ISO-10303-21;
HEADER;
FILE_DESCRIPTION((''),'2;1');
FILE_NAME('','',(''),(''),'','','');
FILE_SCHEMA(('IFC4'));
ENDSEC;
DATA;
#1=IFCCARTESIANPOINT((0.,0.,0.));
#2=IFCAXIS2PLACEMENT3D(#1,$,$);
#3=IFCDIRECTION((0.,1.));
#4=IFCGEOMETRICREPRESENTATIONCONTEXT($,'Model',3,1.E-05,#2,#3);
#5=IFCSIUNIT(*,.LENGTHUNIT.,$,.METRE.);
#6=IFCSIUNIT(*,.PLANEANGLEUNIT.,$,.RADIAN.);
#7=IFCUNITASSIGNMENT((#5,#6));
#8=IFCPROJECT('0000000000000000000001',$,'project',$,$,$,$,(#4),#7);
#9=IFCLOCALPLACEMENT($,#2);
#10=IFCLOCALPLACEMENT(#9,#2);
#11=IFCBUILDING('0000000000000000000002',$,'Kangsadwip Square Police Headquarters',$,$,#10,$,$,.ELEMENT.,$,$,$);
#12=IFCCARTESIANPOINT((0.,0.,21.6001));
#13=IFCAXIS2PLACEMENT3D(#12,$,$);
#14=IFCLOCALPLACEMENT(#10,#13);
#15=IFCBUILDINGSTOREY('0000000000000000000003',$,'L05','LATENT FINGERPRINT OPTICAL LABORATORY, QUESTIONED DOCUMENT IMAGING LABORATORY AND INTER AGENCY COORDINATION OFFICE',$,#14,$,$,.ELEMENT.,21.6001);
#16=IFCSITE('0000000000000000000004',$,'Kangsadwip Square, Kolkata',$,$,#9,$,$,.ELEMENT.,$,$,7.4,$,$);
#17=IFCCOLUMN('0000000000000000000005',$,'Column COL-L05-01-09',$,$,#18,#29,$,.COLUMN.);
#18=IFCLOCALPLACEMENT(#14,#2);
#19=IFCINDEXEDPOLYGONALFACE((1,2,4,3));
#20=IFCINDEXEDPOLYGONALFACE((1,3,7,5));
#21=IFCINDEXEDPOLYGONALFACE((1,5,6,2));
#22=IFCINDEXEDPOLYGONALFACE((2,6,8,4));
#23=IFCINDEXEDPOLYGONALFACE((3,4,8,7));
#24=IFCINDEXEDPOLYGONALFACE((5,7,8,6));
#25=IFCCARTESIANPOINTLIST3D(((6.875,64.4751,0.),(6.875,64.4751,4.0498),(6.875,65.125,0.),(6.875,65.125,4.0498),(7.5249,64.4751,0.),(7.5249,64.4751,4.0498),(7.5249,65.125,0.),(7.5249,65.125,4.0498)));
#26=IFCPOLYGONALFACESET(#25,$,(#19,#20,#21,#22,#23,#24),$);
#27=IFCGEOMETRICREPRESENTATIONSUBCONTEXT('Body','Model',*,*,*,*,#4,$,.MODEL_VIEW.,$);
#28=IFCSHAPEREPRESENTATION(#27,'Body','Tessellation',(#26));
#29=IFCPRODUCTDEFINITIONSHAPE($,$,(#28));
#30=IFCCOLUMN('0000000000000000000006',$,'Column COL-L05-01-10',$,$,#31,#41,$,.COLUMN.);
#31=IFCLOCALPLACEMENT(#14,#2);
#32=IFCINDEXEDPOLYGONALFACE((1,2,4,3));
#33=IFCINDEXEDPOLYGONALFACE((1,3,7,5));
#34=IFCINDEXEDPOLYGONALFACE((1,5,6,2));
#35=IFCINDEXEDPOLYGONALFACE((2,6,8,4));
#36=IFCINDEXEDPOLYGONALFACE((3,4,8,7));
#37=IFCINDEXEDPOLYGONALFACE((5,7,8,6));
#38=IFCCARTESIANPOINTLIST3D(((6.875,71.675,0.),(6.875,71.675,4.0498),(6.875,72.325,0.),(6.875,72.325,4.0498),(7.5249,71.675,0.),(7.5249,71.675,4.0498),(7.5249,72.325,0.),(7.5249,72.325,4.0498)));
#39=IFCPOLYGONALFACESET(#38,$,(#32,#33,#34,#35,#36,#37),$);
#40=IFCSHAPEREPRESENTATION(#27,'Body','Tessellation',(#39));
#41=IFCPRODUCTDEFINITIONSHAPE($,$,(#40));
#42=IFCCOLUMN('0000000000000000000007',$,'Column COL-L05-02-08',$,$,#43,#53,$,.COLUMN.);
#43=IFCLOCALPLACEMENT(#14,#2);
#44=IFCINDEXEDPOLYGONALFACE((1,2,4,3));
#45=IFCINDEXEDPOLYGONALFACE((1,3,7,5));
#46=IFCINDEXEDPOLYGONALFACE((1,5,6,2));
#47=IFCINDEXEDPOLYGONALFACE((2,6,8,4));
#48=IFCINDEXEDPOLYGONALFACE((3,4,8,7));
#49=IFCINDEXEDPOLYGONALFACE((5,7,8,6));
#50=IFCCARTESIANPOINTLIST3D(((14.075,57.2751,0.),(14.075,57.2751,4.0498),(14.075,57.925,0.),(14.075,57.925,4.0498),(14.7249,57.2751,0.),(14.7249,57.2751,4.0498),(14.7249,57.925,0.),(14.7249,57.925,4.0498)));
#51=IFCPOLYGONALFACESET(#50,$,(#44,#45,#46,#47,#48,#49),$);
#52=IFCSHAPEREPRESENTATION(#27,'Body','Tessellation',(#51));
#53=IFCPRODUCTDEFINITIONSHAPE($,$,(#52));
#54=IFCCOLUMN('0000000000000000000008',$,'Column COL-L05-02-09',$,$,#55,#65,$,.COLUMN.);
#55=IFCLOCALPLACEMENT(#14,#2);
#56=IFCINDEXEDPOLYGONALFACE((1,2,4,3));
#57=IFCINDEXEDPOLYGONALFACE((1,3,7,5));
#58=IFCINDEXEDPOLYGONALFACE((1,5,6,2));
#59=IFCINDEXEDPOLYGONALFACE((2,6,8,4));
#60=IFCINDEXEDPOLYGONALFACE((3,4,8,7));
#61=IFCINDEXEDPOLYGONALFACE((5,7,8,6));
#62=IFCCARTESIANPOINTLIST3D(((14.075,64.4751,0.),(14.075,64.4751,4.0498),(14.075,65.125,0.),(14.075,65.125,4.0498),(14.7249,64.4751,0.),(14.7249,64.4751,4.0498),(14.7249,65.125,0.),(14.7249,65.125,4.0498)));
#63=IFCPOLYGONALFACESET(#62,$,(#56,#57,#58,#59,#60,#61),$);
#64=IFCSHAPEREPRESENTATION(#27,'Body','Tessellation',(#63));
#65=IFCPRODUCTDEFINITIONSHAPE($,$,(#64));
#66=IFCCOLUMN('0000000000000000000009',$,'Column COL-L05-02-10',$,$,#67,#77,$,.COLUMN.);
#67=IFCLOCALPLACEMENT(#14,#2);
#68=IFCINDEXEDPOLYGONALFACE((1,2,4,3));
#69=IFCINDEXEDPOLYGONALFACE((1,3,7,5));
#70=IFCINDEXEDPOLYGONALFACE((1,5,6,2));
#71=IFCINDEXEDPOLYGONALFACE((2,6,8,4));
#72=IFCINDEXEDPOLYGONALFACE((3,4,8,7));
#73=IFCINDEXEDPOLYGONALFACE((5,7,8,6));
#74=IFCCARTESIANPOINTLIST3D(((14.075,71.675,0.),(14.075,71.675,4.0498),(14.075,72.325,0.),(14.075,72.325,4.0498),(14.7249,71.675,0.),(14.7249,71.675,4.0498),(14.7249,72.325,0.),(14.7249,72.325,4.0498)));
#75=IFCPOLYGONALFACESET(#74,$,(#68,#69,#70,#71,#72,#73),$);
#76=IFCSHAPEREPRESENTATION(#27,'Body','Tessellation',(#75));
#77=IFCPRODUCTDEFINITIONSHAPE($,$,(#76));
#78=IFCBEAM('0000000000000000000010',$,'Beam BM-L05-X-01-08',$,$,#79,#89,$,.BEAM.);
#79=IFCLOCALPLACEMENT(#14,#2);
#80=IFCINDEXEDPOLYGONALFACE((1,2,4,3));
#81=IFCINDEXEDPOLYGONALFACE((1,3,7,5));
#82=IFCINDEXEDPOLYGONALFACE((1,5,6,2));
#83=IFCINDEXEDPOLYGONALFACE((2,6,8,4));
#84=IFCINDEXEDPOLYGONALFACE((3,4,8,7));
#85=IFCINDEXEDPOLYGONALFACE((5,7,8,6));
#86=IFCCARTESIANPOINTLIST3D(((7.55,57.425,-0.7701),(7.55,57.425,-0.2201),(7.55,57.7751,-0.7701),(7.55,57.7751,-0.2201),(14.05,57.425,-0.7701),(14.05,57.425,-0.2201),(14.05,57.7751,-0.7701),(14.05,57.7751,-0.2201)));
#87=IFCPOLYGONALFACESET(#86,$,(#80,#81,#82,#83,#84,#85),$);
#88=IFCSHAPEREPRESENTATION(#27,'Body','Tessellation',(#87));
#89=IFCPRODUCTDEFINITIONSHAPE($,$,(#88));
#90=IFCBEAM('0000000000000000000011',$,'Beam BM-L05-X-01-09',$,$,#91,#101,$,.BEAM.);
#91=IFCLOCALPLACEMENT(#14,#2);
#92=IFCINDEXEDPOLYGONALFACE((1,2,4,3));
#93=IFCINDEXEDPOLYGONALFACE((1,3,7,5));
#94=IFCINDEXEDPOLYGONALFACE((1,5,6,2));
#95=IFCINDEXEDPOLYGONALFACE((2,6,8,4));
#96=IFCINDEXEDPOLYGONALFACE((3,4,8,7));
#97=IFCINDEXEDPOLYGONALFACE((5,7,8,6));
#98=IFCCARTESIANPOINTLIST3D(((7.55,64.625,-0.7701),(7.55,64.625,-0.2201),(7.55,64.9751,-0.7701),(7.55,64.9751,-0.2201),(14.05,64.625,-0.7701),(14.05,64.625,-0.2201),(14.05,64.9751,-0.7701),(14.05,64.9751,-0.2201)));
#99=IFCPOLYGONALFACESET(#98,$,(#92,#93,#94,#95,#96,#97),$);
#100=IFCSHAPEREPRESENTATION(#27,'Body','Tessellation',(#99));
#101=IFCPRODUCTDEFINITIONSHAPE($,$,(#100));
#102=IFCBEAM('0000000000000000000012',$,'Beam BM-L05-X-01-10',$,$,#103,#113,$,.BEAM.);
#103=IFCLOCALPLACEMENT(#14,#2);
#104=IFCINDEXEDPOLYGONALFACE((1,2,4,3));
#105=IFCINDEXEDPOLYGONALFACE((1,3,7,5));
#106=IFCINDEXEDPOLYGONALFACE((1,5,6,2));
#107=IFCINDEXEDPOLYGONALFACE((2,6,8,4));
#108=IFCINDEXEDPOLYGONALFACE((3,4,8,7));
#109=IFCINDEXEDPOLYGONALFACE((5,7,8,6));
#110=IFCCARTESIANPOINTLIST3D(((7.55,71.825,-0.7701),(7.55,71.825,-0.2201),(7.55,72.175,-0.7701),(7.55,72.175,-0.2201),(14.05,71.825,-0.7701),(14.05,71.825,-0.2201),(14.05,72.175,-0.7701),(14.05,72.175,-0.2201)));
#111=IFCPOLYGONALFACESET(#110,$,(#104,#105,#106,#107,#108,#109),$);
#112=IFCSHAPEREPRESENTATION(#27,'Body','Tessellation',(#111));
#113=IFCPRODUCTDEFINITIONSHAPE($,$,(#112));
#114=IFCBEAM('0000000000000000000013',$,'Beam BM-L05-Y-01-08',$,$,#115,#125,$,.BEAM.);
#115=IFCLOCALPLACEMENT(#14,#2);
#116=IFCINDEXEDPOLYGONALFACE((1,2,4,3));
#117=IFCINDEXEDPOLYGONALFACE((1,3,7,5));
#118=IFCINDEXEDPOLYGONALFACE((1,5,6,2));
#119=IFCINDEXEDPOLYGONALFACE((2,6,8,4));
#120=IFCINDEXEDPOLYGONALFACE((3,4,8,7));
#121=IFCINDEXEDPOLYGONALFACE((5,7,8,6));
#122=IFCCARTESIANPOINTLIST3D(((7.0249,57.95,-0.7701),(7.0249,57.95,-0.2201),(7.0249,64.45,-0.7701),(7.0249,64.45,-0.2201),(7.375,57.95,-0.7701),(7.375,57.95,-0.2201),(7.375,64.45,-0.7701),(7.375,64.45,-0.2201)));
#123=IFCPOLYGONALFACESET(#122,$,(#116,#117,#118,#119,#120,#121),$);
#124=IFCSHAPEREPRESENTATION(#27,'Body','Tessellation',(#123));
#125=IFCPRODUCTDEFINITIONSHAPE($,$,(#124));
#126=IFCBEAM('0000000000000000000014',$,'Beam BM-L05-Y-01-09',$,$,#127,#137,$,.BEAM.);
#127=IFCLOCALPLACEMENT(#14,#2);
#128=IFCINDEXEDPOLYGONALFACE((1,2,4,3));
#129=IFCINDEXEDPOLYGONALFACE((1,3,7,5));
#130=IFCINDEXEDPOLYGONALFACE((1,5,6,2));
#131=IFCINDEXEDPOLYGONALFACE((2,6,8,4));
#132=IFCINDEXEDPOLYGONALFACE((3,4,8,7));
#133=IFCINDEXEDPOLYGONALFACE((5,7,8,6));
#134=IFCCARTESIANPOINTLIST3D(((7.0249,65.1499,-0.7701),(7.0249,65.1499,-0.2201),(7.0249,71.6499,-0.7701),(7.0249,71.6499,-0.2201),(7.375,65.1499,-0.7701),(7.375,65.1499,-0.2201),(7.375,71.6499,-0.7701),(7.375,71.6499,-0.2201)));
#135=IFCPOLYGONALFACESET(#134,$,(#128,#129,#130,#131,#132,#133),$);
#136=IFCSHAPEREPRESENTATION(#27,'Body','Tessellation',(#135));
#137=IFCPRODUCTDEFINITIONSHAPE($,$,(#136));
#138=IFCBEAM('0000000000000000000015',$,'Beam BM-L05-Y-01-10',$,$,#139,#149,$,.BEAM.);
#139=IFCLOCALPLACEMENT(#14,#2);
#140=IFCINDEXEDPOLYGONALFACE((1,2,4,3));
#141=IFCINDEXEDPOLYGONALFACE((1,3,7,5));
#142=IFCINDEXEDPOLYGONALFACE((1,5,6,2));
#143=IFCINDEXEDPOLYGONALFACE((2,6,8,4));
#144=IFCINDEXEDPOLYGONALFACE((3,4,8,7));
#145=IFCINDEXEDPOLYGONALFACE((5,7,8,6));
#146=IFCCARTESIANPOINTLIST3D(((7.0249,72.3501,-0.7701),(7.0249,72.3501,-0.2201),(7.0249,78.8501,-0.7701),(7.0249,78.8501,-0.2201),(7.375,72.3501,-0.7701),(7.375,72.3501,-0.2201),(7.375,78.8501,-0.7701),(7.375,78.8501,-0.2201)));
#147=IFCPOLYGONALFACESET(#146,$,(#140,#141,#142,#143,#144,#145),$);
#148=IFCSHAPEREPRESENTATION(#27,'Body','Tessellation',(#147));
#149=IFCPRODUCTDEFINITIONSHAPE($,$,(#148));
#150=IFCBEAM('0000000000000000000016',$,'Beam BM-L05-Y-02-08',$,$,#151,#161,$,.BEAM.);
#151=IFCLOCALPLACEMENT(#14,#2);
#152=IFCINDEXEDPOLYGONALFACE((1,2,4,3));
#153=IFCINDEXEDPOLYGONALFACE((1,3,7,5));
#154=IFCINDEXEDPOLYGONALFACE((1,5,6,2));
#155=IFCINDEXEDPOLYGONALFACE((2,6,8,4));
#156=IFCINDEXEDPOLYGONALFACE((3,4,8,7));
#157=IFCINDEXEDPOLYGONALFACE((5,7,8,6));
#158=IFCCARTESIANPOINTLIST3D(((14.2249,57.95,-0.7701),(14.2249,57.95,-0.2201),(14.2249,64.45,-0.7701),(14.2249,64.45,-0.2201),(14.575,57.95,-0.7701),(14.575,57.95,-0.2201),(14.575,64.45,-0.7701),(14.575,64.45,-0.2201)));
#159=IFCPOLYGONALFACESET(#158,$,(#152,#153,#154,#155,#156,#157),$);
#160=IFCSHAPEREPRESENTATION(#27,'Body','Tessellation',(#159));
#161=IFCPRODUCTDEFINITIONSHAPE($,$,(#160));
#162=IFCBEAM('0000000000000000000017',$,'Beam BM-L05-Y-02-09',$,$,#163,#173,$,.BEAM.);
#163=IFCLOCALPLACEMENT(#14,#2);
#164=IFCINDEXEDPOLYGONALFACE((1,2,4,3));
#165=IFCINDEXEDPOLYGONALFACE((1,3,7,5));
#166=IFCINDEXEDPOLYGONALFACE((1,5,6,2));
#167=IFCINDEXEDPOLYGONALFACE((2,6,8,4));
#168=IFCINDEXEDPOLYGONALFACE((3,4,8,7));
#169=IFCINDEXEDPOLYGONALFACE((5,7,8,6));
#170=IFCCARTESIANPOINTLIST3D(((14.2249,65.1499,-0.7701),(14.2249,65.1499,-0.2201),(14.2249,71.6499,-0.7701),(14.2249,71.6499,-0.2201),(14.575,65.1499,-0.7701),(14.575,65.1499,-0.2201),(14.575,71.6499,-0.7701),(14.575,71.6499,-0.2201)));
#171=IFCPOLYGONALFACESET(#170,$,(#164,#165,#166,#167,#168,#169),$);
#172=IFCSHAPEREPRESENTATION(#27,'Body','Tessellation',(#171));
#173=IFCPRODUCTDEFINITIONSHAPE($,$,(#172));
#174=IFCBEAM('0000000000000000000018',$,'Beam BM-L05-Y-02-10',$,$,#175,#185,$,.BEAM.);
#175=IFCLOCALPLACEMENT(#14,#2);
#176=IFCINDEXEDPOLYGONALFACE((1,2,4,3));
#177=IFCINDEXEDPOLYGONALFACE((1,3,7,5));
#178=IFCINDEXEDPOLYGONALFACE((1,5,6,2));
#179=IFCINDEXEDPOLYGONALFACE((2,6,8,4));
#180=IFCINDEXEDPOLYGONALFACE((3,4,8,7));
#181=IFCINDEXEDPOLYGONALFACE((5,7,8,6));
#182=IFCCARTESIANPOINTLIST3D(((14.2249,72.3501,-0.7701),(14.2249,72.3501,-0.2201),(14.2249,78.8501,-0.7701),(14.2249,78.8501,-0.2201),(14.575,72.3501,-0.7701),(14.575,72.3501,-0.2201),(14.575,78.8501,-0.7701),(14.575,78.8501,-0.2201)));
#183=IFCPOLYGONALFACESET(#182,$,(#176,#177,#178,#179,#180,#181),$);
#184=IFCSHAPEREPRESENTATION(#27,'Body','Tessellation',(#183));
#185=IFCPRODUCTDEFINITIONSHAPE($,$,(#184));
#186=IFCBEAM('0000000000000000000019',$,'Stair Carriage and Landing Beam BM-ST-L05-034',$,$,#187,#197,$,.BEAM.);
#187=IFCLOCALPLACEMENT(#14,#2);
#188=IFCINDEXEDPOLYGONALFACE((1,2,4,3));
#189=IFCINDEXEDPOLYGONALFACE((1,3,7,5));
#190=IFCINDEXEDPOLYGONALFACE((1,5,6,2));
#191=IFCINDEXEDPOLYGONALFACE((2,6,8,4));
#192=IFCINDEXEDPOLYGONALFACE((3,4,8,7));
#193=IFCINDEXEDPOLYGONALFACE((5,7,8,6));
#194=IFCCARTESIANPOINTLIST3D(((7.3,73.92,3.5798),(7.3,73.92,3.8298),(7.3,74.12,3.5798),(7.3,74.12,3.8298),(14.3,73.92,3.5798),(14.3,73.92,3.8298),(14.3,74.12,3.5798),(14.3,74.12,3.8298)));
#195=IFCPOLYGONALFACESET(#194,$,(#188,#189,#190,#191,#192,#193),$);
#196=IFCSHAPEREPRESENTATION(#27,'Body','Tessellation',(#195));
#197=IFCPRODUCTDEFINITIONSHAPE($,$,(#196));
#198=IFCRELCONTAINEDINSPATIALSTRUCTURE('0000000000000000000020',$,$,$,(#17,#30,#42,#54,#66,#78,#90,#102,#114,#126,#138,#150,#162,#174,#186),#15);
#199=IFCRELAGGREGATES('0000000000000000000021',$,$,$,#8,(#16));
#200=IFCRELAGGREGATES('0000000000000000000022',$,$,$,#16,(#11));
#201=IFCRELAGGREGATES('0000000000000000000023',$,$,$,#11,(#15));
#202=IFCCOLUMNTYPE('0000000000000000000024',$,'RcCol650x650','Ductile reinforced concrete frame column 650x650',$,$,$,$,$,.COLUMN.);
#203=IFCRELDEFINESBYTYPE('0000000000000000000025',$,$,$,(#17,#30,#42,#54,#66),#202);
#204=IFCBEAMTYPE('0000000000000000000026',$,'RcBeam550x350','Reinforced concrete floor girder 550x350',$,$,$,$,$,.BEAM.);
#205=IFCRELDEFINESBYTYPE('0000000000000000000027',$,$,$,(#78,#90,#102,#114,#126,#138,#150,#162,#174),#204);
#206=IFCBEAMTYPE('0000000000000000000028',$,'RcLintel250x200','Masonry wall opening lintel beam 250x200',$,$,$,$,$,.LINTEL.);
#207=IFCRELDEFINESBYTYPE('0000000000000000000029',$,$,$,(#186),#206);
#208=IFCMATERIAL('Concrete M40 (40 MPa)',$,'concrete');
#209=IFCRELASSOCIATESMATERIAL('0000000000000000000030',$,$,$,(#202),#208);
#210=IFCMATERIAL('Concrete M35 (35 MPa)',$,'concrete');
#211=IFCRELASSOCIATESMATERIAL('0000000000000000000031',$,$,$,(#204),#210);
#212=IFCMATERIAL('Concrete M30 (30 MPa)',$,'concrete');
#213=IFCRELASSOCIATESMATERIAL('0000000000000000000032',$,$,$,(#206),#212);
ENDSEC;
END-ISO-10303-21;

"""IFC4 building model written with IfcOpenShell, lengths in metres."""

from ifc_helpers import new_model, si_unit, direction, frame, origin, origin_2d, place, context, subcontext, project, spatial, rectangle, extrude, material, material_profile, profile_set, type_object, element, save


model = new_model("IFC4")

# Units and contexts
model_context = context("Model", 3, precision=1e-05, world=origin(), true_north=direction((0.0, 1.0)))
body_context = subcontext(model_context, "Body", "Model", "MODEL_VIEW")
ifc_project = project(units=[si_unit("LENGTHUNIT", "METRE"), si_unit("PLANEANGLEUNIT", "RADIAN")], contexts=[model_context])

# Site, building, storey
site_placement = place(None, origin())
site = spatial("IfcSite", under=ifc_project, at=site_placement, Name="Kangsadwip Square, Kolkata", CompositionType="ELEMENT", RefElevation=7.4)
building_placement = place(site_placement, origin())
building = spatial("IfcBuilding", under=site, at=building_placement, Name="Kangsadwip Square Police Headquarters", CompositionType="ELEMENT")
storey_placement = place(building_placement, frame((0.0, 0.0, 21.6001)))
storey = spatial("IfcBuildingStorey", under=building, at=storey_placement, Name="L05", Description="LATENT FINGERPRINT OPTICAL LABORATORY, QUESTIONED DOCUMENT IMAGING LABORATORY AND INTER AGENCY COORDINATION OFFICE", CompositionType="ELEMENT", Elevation=21.6001)

# Columns
ifc_material_1 = material(Name="Concrete M40 (40 MPa)", Category="concrete")
ifc_material_profile_1 = material_profile(ifc_material_1, rectangle(XDim=0.6499, YDim=0.6499, at=origin_2d()), Name="RC COL 650X650")
ifc_profile_set_1 = profile_set([ifc_material_profile_1], Name="Concrete M40 (40 MPa)")
column_type = type_object("IfcColumnType", Name="RcCol650x650", Description="Ductile reinforced concrete frame column 650x650", PredefinedType="COLUMN", material=ifc_profile_set_1)
for number, where, z_axis, x_axis, name in (
    (1, (7.2, 64.8, 0.0), (0.0, 0.0, 1.0), (1.0, 0.0, 0.0), "Column COL-L05-01-09"),
    (2, (7.2, 72.0, 0.0), (0.0, 0.0, 1.0), (1.0, 0.0, 0.0), "Column COL-L05-01-10"),
    (3, (14.3999, 57.6001, 0.0), (0.0, 0.0, 1.0), (1.0, 0.0, 0.0), "Column COL-L05-02-08"),
    (4, (14.3999, 64.8, 0.0), (0.0, 0.0, 1.0), (1.0, 0.0, 0.0), "Column COL-L05-02-09"),
    (5, (14.3999, 72.0, 0.0), (0.0, 0.0, 1.0), (1.0, 0.0, 0.0), "Column COL-L05-02-10"),
):
    element("IfcColumn", number, at=place(storey_placement, frame(where, z_axis=z_axis, x_axis=x_axis)), inside=storey, type_object=column_type, Name=name, PredefinedType="COLUMN", context=body_context, shape_type="SweptSolid", body=[
        extrude(rectangle(XDim=0.6499, YDim=0.6499, at=origin_2d()), origin(), (0.0, 0.0, 1.0), 4.0498),
    ])

# Beams
ifc_material_2 = material(Name="Concrete M35 (35 MPa)", Category="concrete")
ifc_material_profile_2 = material_profile(ifc_material_2, rectangle(XDim=0.3501, YDim=0.55, at=origin_2d()), Name="RC BM 550X350")
ifc_profile_set_2 = profile_set([ifc_material_profile_2], Name="Concrete M35 (35 MPa)")
beam_type_1 = type_object("IfcBeamType", Name="RcBeam550x350", Description="Reinforced concrete floor girder 550x350", PredefinedType="BEAM", material=ifc_profile_set_2)
for number, where, z_axis, x_axis, name in (
    (6, (7.55, 57.6001, -0.4951), (1.0, 0.0, 0.0), (0.0, 1.0, 0.0), "Beam BM-L05-X-01-08"),
    (7, (7.55, 64.8, -0.4951), (1.0, 0.0, 0.0), (0.0, 1.0, 0.0), "Beam BM-L05-X-01-09"),
    (8, (7.55, 72.0, -0.4951), (1.0, 0.0, 0.0), (0.0, 1.0, 0.0), "Beam BM-L05-X-01-10"),
    (9, (7.2, 57.95, -0.4951), (0.0, 1.0, 0.0), (-1.0, 0.0, 0.0), "Beam BM-L05-Y-01-08"),
    (10, (7.2, 65.1499, -0.4951), (0.0, 1.0, 0.0), (-1.0, 0.0, 0.0), "Beam BM-L05-Y-01-09"),
    (11, (7.2, 72.3501, -0.4951), (0.0, 1.0, 0.0), (-1.0, 0.0, 0.0), "Beam BM-L05-Y-01-10"),
    (12, (14.3999, 57.95, -0.4951), (0.0, 1.0, 0.0), (-1.0, 0.0, 0.0), "Beam BM-L05-Y-02-08"),
    (13, (14.3999, 65.1499, -0.4951), (0.0, 1.0, 0.0), (-1.0, 0.0, 0.0), "Beam BM-L05-Y-02-09"),
    (14, (14.3999, 72.3501, -0.4951), (0.0, 1.0, 0.0), (-1.0, 0.0, 0.0), "Beam BM-L05-Y-02-10"),
):
    element("IfcBeam", number, at=place(storey_placement, frame(where, z_axis=z_axis, x_axis=x_axis)), inside=storey, type_object=beam_type_1, Name=name, PredefinedType="BEAM", context=body_context, shape_type="SweptSolid", body=[
        extrude(rectangle(XDim=0.3501, YDim=0.55, at=origin_2d()), origin(), (0.0, 0.0, 1.0), 6.5),
    ])
ifc_material_3 = material(Name="Concrete M30 (30 MPa)", Category="concrete")
ifc_material_profile_3 = material_profile(ifc_material_3, rectangle(XDim=0.2, YDim=0.25, at=origin_2d()), Name="RC LNT 250X200")
ifc_profile_set_3 = profile_set([ifc_material_profile_3], Name="Concrete M30 (30 MPa)")
beam_type_2 = type_object("IfcBeamType", Name="RcLintel250x200", Description="Masonry wall opening lintel beam 250x200", PredefinedType="LINTEL", material=ifc_profile_set_3)
beam_placement = place(storey_placement, frame((7.3, 74.02, 3.7048), z_axis=(1.0, 0.0, 0.0), x_axis=(0.0, 1.0, 0.0)))
element("IfcBeam", 15, at=beam_placement, inside=storey, type_object=beam_type_2, Name="Stair Carriage and Landing Beam BM-ST-L05-034", PredefinedType="BEAM", context=body_context, shape_type="SweptSolid", body=[
    extrude(rectangle(XDim=0.2, YDim=0.25, at=origin_2d()), origin(), (0.0, 0.0, 1.0), 7.0),
])

save(model, "model.ifc")
